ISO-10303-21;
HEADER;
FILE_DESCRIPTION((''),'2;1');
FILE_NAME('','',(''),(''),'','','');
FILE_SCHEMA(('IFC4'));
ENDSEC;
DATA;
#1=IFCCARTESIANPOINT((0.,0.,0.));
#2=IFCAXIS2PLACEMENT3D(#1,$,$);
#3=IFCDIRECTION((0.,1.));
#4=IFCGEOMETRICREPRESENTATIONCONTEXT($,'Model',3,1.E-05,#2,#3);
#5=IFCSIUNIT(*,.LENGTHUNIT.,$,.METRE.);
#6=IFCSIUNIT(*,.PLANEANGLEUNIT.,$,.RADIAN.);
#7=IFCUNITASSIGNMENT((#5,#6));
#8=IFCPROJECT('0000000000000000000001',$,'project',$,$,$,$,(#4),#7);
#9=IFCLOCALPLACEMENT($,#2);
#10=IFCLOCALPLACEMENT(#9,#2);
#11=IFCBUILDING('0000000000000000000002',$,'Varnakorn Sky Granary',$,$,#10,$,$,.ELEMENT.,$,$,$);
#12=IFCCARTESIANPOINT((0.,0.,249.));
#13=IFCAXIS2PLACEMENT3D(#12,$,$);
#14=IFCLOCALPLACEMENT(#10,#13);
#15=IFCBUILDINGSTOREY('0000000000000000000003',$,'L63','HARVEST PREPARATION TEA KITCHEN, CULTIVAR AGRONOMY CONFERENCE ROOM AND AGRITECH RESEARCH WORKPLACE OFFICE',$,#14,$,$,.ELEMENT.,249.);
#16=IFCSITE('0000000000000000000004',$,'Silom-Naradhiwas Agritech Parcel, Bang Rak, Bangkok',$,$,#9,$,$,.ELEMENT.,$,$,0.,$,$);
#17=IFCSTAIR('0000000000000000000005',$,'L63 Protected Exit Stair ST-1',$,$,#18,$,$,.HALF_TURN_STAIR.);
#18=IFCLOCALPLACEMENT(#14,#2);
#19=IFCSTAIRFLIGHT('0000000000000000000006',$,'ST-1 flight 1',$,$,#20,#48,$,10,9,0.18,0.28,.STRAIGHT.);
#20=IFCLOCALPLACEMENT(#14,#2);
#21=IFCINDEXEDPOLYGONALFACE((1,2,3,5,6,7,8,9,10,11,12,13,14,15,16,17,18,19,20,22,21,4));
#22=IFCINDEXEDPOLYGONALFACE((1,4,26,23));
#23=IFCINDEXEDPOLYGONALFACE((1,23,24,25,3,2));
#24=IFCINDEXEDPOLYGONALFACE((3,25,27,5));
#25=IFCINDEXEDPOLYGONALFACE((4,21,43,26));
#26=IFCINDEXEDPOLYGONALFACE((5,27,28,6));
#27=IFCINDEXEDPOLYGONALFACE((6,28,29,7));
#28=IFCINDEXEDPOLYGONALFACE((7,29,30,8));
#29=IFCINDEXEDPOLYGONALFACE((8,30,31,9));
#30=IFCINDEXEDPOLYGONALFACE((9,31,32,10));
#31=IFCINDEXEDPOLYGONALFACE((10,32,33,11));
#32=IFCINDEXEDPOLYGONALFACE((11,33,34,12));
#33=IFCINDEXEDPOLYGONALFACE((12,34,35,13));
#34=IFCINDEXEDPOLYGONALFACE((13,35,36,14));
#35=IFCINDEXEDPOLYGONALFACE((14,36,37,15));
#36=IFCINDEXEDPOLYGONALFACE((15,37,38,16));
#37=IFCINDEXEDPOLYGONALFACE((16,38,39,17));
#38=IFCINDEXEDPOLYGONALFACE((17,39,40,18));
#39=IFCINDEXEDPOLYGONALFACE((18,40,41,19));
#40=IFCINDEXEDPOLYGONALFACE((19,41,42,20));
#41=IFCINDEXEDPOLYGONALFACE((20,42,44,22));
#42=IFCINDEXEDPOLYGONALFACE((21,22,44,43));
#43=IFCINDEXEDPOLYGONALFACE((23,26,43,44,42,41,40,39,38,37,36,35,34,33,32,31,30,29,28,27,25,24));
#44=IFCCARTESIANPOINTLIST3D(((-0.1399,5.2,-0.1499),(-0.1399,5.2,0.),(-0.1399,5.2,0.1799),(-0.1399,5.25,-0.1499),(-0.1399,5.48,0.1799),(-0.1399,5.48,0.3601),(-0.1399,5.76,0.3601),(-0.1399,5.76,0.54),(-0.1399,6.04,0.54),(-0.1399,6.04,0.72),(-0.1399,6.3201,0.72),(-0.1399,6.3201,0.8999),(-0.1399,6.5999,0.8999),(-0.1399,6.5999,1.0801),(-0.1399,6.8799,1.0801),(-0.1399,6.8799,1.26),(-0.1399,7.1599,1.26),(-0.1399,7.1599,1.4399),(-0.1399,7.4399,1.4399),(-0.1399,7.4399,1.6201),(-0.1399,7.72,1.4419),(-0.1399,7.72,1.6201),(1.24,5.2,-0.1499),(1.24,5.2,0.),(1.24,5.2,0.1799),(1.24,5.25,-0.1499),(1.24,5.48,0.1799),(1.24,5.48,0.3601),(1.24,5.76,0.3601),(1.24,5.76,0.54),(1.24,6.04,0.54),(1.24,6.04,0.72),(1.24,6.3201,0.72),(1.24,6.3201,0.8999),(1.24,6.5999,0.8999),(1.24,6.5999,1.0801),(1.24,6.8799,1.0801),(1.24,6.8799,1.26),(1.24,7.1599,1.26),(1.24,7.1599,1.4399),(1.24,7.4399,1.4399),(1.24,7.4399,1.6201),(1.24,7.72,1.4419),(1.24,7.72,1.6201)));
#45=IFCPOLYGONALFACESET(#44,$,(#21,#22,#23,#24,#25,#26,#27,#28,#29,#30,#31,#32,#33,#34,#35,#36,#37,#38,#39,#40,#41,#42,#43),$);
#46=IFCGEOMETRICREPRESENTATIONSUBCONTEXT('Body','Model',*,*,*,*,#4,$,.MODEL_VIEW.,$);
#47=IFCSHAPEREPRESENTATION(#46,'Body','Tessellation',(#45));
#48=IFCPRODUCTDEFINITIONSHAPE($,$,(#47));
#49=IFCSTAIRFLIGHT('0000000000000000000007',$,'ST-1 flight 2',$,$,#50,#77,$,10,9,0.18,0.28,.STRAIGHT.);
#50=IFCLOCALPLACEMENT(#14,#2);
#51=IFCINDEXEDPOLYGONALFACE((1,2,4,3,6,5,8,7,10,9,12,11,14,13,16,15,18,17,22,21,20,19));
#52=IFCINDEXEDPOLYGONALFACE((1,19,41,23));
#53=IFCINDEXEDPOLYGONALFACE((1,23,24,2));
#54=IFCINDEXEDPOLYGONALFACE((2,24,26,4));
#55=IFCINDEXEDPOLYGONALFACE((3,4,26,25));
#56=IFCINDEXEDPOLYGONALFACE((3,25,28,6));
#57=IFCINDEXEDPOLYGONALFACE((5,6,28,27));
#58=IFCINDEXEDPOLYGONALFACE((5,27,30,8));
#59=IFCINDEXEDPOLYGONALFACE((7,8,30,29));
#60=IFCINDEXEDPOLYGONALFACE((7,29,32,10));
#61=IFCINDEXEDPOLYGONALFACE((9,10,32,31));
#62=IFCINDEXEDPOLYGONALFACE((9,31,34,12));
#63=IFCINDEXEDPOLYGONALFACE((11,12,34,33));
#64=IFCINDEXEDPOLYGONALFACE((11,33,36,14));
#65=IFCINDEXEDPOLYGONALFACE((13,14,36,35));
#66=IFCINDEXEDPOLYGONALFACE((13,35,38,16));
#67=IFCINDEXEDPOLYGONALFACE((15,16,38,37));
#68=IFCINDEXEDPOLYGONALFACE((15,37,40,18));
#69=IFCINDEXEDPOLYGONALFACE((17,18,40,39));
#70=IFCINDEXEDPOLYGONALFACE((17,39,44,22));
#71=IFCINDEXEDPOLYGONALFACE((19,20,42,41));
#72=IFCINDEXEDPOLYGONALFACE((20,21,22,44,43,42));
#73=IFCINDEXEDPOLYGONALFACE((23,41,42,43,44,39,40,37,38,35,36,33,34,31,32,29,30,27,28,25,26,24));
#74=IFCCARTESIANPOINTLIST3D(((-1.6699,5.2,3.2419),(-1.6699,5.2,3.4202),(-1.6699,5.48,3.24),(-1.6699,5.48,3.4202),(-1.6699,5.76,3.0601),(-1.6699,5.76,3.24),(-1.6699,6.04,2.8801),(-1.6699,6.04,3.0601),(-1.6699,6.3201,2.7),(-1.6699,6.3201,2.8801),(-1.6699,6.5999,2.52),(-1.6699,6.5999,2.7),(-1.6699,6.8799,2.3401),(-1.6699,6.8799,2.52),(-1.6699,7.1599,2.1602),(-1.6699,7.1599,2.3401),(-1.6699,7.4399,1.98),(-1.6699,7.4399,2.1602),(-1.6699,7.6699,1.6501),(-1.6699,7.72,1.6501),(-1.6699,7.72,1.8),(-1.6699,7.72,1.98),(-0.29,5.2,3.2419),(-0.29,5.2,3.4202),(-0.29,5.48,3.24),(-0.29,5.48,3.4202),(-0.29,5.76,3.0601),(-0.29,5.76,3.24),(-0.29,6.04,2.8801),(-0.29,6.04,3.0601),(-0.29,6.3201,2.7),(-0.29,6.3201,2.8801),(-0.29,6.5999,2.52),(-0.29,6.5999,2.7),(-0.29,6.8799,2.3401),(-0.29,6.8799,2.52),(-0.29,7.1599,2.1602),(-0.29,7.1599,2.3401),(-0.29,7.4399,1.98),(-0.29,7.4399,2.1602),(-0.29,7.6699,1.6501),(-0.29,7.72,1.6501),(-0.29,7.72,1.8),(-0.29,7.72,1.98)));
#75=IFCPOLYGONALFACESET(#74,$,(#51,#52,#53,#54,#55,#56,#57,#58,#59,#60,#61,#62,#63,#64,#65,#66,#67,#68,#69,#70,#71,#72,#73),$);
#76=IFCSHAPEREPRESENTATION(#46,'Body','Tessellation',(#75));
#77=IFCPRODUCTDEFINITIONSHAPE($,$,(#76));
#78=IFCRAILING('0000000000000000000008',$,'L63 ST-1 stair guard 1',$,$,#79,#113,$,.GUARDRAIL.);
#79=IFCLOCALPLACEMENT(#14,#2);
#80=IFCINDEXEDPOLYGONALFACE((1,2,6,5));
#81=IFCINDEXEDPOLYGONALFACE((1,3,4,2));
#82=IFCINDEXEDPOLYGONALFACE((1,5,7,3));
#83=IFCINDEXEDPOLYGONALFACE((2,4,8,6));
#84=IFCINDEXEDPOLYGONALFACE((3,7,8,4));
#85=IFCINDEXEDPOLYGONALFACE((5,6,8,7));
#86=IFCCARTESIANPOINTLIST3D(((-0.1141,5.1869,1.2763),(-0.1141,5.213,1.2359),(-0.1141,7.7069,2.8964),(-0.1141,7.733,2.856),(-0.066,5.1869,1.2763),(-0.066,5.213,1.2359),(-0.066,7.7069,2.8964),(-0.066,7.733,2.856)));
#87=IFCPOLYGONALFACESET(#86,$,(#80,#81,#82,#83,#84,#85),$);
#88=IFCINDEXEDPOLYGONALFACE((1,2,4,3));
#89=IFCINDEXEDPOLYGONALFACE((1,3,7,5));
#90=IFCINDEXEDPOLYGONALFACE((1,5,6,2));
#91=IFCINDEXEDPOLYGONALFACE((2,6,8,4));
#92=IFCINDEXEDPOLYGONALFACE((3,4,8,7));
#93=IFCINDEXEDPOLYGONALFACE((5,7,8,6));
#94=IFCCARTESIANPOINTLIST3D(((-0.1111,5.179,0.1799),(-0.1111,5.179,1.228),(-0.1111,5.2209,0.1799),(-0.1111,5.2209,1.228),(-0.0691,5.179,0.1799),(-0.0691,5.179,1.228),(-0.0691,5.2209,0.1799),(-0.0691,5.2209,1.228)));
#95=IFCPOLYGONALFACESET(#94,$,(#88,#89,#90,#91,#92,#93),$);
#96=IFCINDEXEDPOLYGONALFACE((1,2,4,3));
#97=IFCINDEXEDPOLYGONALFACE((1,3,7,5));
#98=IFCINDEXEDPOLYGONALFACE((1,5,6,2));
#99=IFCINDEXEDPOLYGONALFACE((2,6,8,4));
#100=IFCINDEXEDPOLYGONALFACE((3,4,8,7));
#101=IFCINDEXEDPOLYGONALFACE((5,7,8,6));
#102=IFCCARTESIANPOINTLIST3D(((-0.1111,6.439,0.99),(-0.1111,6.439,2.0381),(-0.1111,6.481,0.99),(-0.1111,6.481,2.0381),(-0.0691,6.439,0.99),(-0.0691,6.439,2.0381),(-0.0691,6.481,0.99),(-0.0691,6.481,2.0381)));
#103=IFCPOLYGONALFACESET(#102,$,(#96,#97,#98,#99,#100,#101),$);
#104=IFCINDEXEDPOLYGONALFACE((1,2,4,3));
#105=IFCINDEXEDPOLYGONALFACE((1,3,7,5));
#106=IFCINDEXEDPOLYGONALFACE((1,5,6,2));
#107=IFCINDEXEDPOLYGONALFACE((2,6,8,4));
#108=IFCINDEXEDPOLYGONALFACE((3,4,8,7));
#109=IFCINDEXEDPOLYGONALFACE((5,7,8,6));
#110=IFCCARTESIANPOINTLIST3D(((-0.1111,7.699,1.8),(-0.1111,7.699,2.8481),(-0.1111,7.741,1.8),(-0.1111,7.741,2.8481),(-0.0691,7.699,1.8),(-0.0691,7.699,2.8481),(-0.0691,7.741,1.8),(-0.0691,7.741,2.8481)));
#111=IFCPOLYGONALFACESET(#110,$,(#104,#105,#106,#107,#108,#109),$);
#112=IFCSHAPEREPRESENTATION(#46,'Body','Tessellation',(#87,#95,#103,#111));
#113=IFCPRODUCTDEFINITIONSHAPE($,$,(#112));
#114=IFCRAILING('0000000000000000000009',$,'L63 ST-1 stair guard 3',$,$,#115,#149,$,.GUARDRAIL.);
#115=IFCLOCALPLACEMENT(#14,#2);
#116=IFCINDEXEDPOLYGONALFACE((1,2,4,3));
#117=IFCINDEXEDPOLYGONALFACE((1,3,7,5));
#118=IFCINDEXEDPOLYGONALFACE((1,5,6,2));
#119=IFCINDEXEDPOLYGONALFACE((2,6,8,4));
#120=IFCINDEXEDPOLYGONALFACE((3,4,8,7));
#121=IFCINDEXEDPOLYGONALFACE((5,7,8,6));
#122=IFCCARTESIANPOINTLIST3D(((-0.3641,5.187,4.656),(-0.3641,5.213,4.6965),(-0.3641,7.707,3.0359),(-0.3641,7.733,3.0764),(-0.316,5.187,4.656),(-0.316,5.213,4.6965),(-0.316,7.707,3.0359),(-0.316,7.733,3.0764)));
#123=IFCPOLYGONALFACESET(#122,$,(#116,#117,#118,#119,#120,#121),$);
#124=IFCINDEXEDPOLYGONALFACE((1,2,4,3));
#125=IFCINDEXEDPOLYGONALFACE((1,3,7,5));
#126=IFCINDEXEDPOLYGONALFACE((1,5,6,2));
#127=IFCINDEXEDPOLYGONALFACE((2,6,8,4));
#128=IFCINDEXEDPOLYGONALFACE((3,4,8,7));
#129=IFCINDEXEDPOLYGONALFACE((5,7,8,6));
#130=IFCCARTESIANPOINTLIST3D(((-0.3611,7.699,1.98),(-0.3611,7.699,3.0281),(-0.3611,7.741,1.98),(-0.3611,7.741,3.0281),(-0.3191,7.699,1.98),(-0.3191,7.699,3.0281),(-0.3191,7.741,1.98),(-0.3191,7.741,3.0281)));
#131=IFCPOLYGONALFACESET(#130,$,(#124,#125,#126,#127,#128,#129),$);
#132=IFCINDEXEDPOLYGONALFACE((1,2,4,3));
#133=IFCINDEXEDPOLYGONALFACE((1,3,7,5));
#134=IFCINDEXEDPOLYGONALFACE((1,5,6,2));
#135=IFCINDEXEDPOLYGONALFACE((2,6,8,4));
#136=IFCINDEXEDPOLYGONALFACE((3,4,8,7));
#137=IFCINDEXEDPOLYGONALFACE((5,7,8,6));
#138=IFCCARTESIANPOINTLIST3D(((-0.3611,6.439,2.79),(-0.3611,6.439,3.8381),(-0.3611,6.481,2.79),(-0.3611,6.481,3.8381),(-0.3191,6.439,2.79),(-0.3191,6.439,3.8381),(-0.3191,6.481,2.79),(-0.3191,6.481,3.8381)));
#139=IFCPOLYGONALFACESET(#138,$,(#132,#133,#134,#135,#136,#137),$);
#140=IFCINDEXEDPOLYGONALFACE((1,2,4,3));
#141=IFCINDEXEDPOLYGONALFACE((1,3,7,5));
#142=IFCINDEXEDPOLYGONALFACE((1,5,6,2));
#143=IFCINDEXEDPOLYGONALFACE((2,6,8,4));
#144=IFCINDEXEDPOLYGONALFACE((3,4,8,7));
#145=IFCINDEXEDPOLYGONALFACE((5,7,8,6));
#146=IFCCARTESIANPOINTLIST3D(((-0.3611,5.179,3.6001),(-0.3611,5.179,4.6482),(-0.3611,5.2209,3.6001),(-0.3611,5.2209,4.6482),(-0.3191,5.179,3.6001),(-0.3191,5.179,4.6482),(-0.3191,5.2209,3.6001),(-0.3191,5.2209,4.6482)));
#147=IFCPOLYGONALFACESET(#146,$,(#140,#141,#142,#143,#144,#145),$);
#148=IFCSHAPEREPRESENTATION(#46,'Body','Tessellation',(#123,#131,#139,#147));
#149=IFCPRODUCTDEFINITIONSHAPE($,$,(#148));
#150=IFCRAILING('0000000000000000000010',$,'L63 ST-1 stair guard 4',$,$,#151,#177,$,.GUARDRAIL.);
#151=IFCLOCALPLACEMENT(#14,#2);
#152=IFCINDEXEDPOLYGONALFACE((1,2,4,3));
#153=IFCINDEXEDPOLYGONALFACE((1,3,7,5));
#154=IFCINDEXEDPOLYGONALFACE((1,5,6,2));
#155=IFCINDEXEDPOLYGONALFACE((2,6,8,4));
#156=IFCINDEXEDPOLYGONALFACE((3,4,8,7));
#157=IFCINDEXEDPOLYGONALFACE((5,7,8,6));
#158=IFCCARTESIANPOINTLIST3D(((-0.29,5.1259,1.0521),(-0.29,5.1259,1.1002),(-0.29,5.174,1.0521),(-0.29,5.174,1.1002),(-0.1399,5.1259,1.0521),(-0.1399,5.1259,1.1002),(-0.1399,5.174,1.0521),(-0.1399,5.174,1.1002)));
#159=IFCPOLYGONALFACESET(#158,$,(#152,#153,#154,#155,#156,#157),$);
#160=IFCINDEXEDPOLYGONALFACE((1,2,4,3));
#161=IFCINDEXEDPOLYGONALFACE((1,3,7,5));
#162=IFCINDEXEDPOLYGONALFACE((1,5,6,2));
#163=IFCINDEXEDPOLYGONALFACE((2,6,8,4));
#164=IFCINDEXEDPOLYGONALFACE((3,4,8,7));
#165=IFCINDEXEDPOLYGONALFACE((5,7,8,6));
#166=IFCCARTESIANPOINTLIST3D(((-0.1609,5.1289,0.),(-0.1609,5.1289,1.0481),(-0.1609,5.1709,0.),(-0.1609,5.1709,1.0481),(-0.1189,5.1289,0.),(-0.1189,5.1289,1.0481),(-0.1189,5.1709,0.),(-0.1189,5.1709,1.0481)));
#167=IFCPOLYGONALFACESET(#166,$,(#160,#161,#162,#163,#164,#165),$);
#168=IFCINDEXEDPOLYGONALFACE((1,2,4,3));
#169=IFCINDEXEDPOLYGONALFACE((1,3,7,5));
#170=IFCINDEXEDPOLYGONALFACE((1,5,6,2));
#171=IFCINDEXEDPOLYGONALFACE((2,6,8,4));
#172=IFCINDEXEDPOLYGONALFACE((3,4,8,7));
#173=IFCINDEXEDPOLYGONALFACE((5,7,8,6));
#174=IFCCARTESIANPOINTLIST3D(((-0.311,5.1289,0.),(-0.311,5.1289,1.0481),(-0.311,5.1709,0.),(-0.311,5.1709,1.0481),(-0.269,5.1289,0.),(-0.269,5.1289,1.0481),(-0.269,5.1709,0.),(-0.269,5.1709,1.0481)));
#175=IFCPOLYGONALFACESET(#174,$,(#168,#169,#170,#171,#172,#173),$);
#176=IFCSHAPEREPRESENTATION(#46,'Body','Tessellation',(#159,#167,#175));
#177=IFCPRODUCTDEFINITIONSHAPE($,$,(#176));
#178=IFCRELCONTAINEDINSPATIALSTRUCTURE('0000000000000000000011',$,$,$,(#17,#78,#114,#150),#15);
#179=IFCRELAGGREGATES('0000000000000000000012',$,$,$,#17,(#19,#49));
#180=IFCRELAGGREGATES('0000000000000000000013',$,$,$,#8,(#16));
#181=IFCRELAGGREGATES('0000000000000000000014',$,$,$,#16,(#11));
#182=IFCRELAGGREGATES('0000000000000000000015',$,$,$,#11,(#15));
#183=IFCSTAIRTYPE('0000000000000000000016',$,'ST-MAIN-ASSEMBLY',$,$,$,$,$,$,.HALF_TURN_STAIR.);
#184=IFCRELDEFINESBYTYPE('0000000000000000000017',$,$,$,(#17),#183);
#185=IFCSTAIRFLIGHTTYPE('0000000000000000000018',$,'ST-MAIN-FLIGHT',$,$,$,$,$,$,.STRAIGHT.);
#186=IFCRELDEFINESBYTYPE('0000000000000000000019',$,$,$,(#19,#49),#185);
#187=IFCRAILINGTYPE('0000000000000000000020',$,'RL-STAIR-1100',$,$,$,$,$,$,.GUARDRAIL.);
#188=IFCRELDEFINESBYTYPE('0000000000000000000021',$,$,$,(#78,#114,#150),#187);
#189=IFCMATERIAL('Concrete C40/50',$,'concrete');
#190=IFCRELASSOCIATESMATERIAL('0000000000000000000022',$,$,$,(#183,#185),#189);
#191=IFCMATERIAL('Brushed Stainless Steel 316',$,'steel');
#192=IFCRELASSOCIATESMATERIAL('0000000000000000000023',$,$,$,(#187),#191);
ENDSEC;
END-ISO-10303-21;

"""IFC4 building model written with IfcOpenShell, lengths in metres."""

from ifc_helpers import new_model, si_unit, direction, frame, origin, origin_2d, place, context, subcontext, project, spatial, polyline, rectangle, outline, extrude, material, type_object, element, aggregate, save


model = new_model("IFC4")

# Units and contexts
model_context = context("Model", 3, precision=1e-05, world=origin(), true_north=direction((0.0, 1.0)))
body_context = subcontext(model_context, "Body", "Model", "MODEL_VIEW")
ifc_project = project(units=[si_unit("LENGTHUNIT", "METRE"), si_unit("PLANEANGLEUNIT", "RADIAN")], contexts=[model_context])

# Site, building, storey
site_placement = place(None, origin())
site = spatial("IfcSite", under=ifc_project, at=site_placement, Name="Silom-Naradhiwas Agritech Parcel, Bang Rak, Bangkok", CompositionType="ELEMENT", RefElevation=0.0)
building_placement = place(site_placement, origin())
building = spatial("IfcBuilding", under=site, at=building_placement, Name="Varnakorn Sky Granary", CompositionType="ELEMENT")
storey_placement = place(building_placement, frame((0.0, 0.0, 249.0)))
storey = spatial("IfcBuildingStorey", under=building, at=storey_placement, Name="L63", Description="HARVEST PREPARATION TEA KITCHEN, CULTIVAR AGRONOMY CONFERENCE ROOM AND AGRITECH RESEARCH WORKPLACE OFFICE", CompositionType="ELEMENT", Elevation=249.0)

# Stair, stair flights
ifc_material_1 = material(Name="Concrete C40/50", Category="concrete")
stair_type = type_object("IfcStairType", Name="ST-MAIN-ASSEMBLY", PredefinedType="HALF_TURN_STAIR", material=ifc_material_1)
stair_placement = place(storey_placement, origin())
stair = element("IfcStair", 1, at=stair_placement, inside=storey, type_object=stair_type, Name="L63 Protected Exit Stair ST-1", PredefinedType="HALF_TURN_STAIR")
stair_flight_type = type_object("IfcStairFlightType", Name="ST-MAIN-FLIGHT", PredefinedType="STRAIGHT", material=ifc_material_1)
stair_flight_1_placement = place(storey_placement, frame((0.55, 5.2, 0.0), z_axis=(0.0, 0.0, 1.0), x_axis=(0.0, 1.0, 0.0)))
stair_flight_1 = element("IfcStairFlight", 2, at=stair_flight_1_placement, type_object=stair_flight_type, Name="ST-1 flight 1", NumberOfRisers=10, NumberOfTreads=9, PredefinedType="STRAIGHT", RiserHeight=0.18, TreadLength=0.28, context=body_context, shape_type="SweptSolid", body=[
    extrude(outline(polyline([(0.0, -0.1499), (0.0, 0.0), (0.0, 0.1799), (0.28, 0.1799), (0.28, 0.3601), (0.5601, 0.3601), (0.5601, 0.54), (0.8401, 0.54), (0.8401, 0.72), (1.1201, 0.72), (1.1201, 0.8999), (1.3999, 0.8999), (1.3999, 1.0801), (1.6799, 1.0801), (1.6799, 1.26), (1.96, 1.26), (1.96, 1.4399), (2.24, 1.4399), (2.24, 1.6201), (2.52, 1.6201), (2.52, 1.8), (2.52, 1.4419), (0.05, -0.1499), (0.0, -0.1499)])), frame((0.0, 0.6899, 0.0), z_axis=(0.0, -1.0, 0.0), x_axis=(1.0, 0.0, 0.0)), (0.0, 0.0, 1.0), 1.3799),
])
stair_flight_2_placement = place(storey_placement, frame((-0.98, 7.72, 1.8), z_axis=(0.0, 0.0, 1.0), x_axis=(0.0, -1.0, 0.0)))
stair_flight_2 = element("IfcStairFlight", 3, at=stair_flight_2_placement, type_object=stair_flight_type, Name="ST-1 flight 2", NumberOfRisers=10, NumberOfTreads=9, PredefinedType="STRAIGHT", RiserHeight=0.18, TreadLength=0.28, context=body_context, shape_type="SweptSolid", body=[
    extrude(outline(polyline([(0.0, -0.1499), (0.0, 0.0), (0.0, 0.1799), (0.28, 0.1799), (0.28, 0.3601), (0.5601, 0.3601), (0.5601, 0.54), (0.8401, 0.54), (0.8401, 0.72), (1.1201, 0.72), (1.1201, 0.8999), (1.3999, 0.8999), (1.3999, 1.0801), (1.6799, 1.0801), (1.6799, 1.26), (1.96, 1.26), (1.96, 1.4399), (2.24, 1.4399), (2.24, 1.6201), (2.52, 1.6201), (2.52, 1.8), (2.52, 1.4419), (0.05, -0.1499), (0.0, -0.1499)])), frame((0.0, 0.6899, 0.0), z_axis=(0.0, -1.0, 0.0), x_axis=(1.0, 0.0, 0.0)), (0.0, 0.0, 1.0), 1.3799),
])
aggregate(stair, [stair_flight_1, stair_flight_2])

# Railings
ifc_material_2 = material(Name="Brushed Stainless Steel 316", Category="steel")
railing_type_1 = type_object("IfcRailingType", Name="RL-STAIR-1100", PredefinedType="GUARDRAIL", material=ifc_material_2)
railing_1_placement = place(storey_placement, frame((-0.0901, 5.2, 0.1799)))
element("IfcRailing", 4, at=railing_1_placement, inside=storey, type_object=railing_type_1, Name="L63 ST-1 stair guard 1", PredefinedType="GUARDRAIL", context=body_context, shape_type="SweptSolid", body=[
    extrude(rectangle(XDim=0.0481, YDim=0.0481, at=origin_2d()), frame((0.0, 0.0, 1.0762), z_axis=(0.0, 0.841163, 0.540782), x_axis=(-1.0, 0.0, 0.0)), (0.0, 0.0, 1.0), 2.9958),
    extrude(rectangle(XDim=0.042, YDim=0.042, at=origin_2d()), origin(), (0.0, 0.0, 1.0), 1.0481),
    extrude(rectangle(XDim=0.042, YDim=0.042, at=origin_2d()), frame((0.0, 1.26, 0.8101)), (0.0, 0.0, 1.0), 1.0481),
    extrude(rectangle(XDim=0.042, YDim=0.042, at=origin_2d()), frame((0.0, 2.52, 1.6201)), (0.0, 0.0, 1.0), 1.0481),
])
railing_2_placement = place(storey_placement, frame((-0.3401, 7.72, 1.98)))
element("IfcRailing", 5, at=railing_2_placement, inside=storey, type_object=railing_type_1, Name="L63 ST-1 stair guard 3", PredefinedType="GUARDRAIL", context=body_context, shape_type="SweptSolid", body=[
    extrude(rectangle(XDim=0.0481, YDim=0.0481, at=origin_2d()), frame((0.0, 0.0, 1.0762), z_axis=(0.0, -0.841163, 0.540782), x_axis=(1.0, 0.0, 0.0)), (0.0, 0.0, 1.0), 2.9958),
    extrude(rectangle(XDim=0.042, YDim=0.042, at=origin_2d()), origin(), (0.0, 0.0, 1.0), 1.0481),
    extrude(rectangle(XDim=0.042, YDim=0.042, at=origin_2d()), frame((0.0, -1.26, 0.8101)), (0.0, 0.0, 1.0), 1.0481),
    extrude(rectangle(XDim=0.042, YDim=0.042, at=origin_2d()), frame((0.0, -2.52, 1.6201)), (0.0, 0.0, 1.0), 1.0481),
])
railing_3_placement = place(storey_placement, frame((-0.1399, 5.1499, 0.0)))
element("IfcRailing", 6, at=railing_3_placement, inside=storey, type_object=railing_type_1, Name="L63 ST-1 stair guard 4", PredefinedType="GUARDRAIL", context=body_context, shape_type="SweptSolid", body=[
    extrude(rectangle(XDim=0.0481, YDim=0.0481, at=origin_2d()), frame((0.0, 0.0, 1.0762), z_axis=(-1.0, 0.0, 0.0), x_axis=(0.0, -1.0, 0.0)), (0.0, 0.0, 1.0), 0.1501),
    extrude(rectangle(XDim=0.042, YDim=0.042, at=origin_2d()), origin(), (0.0, 0.0, 1.0), 1.0481),
    extrude(rectangle(XDim=0.042, YDim=0.042, at=origin_2d()), frame((-0.1501, 0.0, 0.0)), (0.0, 0.0, 1.0), 1.0481),
])

save(model, "model.ifc")
